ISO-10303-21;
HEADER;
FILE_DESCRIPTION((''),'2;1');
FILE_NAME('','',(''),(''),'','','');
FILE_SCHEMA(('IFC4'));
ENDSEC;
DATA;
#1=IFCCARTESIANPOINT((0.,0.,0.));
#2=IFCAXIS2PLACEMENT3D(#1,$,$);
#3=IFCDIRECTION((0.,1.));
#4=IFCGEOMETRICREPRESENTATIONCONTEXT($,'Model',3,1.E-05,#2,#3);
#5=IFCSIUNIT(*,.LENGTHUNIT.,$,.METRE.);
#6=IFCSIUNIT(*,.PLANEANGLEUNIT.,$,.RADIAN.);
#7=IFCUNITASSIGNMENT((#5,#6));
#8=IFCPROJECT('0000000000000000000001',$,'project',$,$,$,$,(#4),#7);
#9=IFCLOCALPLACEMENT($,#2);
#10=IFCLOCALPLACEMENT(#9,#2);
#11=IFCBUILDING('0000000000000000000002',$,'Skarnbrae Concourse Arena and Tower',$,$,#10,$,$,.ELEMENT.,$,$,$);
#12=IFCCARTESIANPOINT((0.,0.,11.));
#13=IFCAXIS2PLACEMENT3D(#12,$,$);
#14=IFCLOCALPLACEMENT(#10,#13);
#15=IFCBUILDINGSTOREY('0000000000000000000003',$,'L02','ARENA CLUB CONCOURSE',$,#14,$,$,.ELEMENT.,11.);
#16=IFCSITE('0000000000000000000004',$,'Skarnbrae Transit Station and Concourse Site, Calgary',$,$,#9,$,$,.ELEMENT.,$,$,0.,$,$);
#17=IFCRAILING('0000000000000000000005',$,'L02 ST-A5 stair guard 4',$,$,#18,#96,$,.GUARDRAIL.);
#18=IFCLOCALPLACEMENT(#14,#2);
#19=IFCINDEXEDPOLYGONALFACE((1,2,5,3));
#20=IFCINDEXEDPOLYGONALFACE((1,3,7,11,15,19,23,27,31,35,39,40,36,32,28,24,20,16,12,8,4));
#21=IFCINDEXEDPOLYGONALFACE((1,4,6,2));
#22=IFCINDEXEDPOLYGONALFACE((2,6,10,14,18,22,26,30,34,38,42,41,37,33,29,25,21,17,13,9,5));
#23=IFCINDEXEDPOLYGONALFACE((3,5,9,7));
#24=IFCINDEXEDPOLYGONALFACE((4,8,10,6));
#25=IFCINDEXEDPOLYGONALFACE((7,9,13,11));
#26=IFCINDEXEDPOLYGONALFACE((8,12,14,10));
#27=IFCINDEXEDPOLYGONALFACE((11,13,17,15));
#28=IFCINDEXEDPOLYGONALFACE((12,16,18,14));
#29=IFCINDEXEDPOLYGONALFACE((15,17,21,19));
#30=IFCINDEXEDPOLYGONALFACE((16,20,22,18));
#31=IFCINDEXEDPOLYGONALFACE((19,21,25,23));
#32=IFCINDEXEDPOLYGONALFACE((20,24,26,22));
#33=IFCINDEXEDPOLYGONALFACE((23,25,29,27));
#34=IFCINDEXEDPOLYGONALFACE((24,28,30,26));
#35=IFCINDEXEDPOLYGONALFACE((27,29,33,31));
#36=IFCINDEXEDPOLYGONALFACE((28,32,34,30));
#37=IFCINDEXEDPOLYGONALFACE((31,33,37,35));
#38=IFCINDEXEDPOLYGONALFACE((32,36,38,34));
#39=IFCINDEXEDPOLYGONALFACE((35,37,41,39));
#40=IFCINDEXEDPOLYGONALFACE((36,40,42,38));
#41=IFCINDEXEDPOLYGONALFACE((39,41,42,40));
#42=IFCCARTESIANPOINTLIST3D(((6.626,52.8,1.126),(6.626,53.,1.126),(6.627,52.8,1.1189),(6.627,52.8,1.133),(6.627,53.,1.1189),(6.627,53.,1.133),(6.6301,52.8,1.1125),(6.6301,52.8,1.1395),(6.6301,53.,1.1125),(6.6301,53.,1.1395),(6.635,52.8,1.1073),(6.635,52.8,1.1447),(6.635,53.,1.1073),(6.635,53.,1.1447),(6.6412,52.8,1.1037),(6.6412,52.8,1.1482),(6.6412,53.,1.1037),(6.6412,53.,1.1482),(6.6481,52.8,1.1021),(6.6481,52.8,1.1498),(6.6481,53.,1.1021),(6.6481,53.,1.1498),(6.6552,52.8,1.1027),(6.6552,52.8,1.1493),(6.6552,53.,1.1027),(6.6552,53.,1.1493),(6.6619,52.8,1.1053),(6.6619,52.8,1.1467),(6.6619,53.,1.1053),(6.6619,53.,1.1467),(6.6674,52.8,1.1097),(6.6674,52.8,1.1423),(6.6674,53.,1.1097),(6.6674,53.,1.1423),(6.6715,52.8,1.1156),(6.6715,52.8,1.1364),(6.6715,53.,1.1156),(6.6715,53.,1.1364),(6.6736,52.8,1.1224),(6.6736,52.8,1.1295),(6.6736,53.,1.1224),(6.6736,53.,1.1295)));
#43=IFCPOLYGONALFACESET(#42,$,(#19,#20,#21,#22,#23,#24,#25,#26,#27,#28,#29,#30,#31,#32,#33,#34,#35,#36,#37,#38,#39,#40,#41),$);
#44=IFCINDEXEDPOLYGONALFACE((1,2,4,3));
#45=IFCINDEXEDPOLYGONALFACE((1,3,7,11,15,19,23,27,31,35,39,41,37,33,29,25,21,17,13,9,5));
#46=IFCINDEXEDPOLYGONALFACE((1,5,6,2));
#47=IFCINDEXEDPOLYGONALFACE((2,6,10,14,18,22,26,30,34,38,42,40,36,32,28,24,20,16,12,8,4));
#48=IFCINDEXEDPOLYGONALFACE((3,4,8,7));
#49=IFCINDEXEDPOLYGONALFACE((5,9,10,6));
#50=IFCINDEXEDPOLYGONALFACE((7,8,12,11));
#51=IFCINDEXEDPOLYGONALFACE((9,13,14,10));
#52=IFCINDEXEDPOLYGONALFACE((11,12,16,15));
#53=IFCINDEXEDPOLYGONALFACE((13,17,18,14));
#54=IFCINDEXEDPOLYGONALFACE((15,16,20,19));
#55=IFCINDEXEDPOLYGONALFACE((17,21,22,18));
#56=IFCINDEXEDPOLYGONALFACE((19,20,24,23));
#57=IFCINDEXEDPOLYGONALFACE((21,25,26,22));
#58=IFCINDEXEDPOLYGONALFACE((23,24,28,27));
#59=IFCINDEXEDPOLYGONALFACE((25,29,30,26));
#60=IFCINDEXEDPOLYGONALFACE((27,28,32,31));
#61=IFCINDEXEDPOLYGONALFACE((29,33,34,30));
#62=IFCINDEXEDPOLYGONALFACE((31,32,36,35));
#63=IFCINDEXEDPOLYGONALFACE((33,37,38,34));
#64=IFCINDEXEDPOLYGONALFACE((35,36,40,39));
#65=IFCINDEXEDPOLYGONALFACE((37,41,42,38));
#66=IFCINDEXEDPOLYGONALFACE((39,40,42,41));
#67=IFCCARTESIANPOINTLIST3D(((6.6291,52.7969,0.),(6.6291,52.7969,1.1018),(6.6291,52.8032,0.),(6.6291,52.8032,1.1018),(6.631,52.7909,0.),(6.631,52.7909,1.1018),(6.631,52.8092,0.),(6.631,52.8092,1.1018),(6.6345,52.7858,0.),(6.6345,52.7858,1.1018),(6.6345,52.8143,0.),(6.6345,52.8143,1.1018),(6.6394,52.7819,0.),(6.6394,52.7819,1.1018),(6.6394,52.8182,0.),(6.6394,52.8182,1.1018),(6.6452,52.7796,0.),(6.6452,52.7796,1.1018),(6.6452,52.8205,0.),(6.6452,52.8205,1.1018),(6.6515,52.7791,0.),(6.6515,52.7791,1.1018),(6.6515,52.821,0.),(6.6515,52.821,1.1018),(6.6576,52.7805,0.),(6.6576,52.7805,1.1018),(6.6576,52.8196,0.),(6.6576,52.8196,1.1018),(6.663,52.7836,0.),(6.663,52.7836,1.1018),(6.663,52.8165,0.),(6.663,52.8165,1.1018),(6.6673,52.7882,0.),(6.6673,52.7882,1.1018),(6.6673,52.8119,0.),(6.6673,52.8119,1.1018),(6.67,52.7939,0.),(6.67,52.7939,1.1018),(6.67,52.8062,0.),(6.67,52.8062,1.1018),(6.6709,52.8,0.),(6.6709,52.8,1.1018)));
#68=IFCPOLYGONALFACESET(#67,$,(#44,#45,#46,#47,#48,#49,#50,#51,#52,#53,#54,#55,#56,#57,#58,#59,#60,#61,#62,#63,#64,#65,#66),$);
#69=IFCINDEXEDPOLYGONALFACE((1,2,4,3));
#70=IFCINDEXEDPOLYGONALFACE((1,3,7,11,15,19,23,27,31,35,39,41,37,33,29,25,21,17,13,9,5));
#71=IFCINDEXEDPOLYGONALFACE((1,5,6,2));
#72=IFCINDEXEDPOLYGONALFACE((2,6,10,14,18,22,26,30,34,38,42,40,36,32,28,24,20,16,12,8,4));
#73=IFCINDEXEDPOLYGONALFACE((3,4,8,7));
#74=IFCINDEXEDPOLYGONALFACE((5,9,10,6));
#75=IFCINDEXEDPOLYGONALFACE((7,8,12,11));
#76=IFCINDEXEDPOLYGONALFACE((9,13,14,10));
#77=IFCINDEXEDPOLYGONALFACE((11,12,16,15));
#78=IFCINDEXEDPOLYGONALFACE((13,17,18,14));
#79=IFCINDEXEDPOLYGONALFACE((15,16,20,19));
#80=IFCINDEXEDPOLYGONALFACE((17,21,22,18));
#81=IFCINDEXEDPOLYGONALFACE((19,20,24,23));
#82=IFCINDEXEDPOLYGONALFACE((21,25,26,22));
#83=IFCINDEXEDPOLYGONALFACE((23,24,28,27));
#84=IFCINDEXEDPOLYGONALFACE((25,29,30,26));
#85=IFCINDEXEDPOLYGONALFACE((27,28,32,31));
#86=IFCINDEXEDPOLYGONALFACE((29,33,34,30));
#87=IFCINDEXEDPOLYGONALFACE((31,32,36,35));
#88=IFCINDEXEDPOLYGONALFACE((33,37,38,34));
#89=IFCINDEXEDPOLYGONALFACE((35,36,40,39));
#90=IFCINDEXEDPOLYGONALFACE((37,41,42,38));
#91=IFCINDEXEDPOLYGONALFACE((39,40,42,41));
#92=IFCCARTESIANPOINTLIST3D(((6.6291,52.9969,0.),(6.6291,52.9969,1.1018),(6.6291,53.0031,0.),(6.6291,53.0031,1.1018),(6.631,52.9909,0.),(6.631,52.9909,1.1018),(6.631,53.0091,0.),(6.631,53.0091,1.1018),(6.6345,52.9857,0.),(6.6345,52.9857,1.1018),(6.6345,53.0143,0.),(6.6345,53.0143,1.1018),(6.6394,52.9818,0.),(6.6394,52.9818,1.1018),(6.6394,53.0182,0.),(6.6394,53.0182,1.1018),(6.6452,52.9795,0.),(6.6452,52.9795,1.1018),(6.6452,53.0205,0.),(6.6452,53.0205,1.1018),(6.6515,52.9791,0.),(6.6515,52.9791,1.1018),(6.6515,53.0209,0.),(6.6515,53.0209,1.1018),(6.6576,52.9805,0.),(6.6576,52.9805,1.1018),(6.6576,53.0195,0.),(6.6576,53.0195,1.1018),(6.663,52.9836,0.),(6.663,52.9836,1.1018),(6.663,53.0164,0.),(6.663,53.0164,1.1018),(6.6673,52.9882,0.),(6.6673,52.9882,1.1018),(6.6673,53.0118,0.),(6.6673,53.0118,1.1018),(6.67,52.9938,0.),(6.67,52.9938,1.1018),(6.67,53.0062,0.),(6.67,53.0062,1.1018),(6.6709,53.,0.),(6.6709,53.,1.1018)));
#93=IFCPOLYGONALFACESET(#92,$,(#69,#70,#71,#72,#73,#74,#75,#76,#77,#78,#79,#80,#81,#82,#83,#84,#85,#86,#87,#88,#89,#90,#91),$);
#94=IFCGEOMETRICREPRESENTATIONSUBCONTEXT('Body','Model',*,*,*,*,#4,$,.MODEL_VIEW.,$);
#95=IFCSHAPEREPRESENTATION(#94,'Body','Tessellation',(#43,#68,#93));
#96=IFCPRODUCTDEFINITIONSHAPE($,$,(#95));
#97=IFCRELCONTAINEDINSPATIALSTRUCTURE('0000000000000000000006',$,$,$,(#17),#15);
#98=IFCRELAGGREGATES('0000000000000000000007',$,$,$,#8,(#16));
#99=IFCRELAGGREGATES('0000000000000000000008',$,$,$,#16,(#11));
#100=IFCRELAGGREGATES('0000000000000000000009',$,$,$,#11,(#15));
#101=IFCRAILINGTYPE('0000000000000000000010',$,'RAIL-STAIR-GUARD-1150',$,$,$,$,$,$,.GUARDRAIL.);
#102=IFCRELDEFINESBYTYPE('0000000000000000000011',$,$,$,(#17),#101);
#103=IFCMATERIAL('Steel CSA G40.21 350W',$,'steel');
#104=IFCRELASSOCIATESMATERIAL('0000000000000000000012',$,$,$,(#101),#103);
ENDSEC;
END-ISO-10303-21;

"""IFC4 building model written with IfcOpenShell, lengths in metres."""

from ifc_helpers import new_model, si_unit, direction, frame, origin, origin_2d, place, context, subcontext, project, spatial, circle, extrude, material, type_object, element, save


model = new_model("IFC4")

# Units and contexts
model_context = context("Model", 3, precision=1e-05, world=origin(), true_north=direction((0.0, 1.0)))
body_context = subcontext(model_context, "Body", "Model", "MODEL_VIEW")
ifc_project = project(units=[si_unit("LENGTHUNIT", "METRE"), si_unit("PLANEANGLEUNIT", "RADIAN")], contexts=[model_context])

# Site, building, storey
site_placement = place(None, origin())
site = spatial("IfcSite", under=ifc_project, at=site_placement, Name="Skarnbrae Transit Station and Concourse Site, Calgary", CompositionType="ELEMENT", RefElevation=0.0)
building_placement = place(site_placement, origin())
building = spatial("IfcBuilding", under=site, at=building_placement, Name="Skarnbrae Concourse Arena and Tower", CompositionType="ELEMENT")
storey_placement = place(building_placement, frame((0.0, 0.0, 11.0)))
storey = spatial("IfcBuildingStorey", under=building, at=storey_placement, Name="L02", Description="ARENA CLUB CONCOURSE", CompositionType="ELEMENT", Elevation=11.0)

# Shared definitions
ifc_material_1 = material(Name="Steel CSA G40.21 350W", Category="steel")

# Railing
railing_type_1 = type_object("IfcRailingType", Name="RAIL-STAIR-GUARD-1150", PredefinedType="GUARDRAIL", material=ifc_material_1)
railing_1_placement = place(storey_placement, frame((6.6499, 52.8, 0.0)))
element("IfcRailing", 1, at=railing_1_placement, inside=storey, type_object=railing_type_1, Name="L02 ST-A5 stair guard 4", PredefinedType="GUARDRAIL", context=body_context, shape_type="SweptSolid", body=[
    extrude(circle(Radius=0.0239, at=origin_2d()), frame((0.0, 0.0, 1.126), z_axis=(0.0, 1.0, 0.0), x_axis=(-1.0, 0.0, 0.0)), (0.0, 0.0, 1.0), 0.2),
    extrude(circle(Radius=0.021, at=origin_2d()), origin(), (0.0, 0.0, 1.0), 1.1018),
    extrude(circle(Radius=0.021, at=origin_2d()), frame((0.0, 0.2, 0.0)), (0.0, 0.0, 1.0), 1.1018),
])

save(model, "model.ifc")
